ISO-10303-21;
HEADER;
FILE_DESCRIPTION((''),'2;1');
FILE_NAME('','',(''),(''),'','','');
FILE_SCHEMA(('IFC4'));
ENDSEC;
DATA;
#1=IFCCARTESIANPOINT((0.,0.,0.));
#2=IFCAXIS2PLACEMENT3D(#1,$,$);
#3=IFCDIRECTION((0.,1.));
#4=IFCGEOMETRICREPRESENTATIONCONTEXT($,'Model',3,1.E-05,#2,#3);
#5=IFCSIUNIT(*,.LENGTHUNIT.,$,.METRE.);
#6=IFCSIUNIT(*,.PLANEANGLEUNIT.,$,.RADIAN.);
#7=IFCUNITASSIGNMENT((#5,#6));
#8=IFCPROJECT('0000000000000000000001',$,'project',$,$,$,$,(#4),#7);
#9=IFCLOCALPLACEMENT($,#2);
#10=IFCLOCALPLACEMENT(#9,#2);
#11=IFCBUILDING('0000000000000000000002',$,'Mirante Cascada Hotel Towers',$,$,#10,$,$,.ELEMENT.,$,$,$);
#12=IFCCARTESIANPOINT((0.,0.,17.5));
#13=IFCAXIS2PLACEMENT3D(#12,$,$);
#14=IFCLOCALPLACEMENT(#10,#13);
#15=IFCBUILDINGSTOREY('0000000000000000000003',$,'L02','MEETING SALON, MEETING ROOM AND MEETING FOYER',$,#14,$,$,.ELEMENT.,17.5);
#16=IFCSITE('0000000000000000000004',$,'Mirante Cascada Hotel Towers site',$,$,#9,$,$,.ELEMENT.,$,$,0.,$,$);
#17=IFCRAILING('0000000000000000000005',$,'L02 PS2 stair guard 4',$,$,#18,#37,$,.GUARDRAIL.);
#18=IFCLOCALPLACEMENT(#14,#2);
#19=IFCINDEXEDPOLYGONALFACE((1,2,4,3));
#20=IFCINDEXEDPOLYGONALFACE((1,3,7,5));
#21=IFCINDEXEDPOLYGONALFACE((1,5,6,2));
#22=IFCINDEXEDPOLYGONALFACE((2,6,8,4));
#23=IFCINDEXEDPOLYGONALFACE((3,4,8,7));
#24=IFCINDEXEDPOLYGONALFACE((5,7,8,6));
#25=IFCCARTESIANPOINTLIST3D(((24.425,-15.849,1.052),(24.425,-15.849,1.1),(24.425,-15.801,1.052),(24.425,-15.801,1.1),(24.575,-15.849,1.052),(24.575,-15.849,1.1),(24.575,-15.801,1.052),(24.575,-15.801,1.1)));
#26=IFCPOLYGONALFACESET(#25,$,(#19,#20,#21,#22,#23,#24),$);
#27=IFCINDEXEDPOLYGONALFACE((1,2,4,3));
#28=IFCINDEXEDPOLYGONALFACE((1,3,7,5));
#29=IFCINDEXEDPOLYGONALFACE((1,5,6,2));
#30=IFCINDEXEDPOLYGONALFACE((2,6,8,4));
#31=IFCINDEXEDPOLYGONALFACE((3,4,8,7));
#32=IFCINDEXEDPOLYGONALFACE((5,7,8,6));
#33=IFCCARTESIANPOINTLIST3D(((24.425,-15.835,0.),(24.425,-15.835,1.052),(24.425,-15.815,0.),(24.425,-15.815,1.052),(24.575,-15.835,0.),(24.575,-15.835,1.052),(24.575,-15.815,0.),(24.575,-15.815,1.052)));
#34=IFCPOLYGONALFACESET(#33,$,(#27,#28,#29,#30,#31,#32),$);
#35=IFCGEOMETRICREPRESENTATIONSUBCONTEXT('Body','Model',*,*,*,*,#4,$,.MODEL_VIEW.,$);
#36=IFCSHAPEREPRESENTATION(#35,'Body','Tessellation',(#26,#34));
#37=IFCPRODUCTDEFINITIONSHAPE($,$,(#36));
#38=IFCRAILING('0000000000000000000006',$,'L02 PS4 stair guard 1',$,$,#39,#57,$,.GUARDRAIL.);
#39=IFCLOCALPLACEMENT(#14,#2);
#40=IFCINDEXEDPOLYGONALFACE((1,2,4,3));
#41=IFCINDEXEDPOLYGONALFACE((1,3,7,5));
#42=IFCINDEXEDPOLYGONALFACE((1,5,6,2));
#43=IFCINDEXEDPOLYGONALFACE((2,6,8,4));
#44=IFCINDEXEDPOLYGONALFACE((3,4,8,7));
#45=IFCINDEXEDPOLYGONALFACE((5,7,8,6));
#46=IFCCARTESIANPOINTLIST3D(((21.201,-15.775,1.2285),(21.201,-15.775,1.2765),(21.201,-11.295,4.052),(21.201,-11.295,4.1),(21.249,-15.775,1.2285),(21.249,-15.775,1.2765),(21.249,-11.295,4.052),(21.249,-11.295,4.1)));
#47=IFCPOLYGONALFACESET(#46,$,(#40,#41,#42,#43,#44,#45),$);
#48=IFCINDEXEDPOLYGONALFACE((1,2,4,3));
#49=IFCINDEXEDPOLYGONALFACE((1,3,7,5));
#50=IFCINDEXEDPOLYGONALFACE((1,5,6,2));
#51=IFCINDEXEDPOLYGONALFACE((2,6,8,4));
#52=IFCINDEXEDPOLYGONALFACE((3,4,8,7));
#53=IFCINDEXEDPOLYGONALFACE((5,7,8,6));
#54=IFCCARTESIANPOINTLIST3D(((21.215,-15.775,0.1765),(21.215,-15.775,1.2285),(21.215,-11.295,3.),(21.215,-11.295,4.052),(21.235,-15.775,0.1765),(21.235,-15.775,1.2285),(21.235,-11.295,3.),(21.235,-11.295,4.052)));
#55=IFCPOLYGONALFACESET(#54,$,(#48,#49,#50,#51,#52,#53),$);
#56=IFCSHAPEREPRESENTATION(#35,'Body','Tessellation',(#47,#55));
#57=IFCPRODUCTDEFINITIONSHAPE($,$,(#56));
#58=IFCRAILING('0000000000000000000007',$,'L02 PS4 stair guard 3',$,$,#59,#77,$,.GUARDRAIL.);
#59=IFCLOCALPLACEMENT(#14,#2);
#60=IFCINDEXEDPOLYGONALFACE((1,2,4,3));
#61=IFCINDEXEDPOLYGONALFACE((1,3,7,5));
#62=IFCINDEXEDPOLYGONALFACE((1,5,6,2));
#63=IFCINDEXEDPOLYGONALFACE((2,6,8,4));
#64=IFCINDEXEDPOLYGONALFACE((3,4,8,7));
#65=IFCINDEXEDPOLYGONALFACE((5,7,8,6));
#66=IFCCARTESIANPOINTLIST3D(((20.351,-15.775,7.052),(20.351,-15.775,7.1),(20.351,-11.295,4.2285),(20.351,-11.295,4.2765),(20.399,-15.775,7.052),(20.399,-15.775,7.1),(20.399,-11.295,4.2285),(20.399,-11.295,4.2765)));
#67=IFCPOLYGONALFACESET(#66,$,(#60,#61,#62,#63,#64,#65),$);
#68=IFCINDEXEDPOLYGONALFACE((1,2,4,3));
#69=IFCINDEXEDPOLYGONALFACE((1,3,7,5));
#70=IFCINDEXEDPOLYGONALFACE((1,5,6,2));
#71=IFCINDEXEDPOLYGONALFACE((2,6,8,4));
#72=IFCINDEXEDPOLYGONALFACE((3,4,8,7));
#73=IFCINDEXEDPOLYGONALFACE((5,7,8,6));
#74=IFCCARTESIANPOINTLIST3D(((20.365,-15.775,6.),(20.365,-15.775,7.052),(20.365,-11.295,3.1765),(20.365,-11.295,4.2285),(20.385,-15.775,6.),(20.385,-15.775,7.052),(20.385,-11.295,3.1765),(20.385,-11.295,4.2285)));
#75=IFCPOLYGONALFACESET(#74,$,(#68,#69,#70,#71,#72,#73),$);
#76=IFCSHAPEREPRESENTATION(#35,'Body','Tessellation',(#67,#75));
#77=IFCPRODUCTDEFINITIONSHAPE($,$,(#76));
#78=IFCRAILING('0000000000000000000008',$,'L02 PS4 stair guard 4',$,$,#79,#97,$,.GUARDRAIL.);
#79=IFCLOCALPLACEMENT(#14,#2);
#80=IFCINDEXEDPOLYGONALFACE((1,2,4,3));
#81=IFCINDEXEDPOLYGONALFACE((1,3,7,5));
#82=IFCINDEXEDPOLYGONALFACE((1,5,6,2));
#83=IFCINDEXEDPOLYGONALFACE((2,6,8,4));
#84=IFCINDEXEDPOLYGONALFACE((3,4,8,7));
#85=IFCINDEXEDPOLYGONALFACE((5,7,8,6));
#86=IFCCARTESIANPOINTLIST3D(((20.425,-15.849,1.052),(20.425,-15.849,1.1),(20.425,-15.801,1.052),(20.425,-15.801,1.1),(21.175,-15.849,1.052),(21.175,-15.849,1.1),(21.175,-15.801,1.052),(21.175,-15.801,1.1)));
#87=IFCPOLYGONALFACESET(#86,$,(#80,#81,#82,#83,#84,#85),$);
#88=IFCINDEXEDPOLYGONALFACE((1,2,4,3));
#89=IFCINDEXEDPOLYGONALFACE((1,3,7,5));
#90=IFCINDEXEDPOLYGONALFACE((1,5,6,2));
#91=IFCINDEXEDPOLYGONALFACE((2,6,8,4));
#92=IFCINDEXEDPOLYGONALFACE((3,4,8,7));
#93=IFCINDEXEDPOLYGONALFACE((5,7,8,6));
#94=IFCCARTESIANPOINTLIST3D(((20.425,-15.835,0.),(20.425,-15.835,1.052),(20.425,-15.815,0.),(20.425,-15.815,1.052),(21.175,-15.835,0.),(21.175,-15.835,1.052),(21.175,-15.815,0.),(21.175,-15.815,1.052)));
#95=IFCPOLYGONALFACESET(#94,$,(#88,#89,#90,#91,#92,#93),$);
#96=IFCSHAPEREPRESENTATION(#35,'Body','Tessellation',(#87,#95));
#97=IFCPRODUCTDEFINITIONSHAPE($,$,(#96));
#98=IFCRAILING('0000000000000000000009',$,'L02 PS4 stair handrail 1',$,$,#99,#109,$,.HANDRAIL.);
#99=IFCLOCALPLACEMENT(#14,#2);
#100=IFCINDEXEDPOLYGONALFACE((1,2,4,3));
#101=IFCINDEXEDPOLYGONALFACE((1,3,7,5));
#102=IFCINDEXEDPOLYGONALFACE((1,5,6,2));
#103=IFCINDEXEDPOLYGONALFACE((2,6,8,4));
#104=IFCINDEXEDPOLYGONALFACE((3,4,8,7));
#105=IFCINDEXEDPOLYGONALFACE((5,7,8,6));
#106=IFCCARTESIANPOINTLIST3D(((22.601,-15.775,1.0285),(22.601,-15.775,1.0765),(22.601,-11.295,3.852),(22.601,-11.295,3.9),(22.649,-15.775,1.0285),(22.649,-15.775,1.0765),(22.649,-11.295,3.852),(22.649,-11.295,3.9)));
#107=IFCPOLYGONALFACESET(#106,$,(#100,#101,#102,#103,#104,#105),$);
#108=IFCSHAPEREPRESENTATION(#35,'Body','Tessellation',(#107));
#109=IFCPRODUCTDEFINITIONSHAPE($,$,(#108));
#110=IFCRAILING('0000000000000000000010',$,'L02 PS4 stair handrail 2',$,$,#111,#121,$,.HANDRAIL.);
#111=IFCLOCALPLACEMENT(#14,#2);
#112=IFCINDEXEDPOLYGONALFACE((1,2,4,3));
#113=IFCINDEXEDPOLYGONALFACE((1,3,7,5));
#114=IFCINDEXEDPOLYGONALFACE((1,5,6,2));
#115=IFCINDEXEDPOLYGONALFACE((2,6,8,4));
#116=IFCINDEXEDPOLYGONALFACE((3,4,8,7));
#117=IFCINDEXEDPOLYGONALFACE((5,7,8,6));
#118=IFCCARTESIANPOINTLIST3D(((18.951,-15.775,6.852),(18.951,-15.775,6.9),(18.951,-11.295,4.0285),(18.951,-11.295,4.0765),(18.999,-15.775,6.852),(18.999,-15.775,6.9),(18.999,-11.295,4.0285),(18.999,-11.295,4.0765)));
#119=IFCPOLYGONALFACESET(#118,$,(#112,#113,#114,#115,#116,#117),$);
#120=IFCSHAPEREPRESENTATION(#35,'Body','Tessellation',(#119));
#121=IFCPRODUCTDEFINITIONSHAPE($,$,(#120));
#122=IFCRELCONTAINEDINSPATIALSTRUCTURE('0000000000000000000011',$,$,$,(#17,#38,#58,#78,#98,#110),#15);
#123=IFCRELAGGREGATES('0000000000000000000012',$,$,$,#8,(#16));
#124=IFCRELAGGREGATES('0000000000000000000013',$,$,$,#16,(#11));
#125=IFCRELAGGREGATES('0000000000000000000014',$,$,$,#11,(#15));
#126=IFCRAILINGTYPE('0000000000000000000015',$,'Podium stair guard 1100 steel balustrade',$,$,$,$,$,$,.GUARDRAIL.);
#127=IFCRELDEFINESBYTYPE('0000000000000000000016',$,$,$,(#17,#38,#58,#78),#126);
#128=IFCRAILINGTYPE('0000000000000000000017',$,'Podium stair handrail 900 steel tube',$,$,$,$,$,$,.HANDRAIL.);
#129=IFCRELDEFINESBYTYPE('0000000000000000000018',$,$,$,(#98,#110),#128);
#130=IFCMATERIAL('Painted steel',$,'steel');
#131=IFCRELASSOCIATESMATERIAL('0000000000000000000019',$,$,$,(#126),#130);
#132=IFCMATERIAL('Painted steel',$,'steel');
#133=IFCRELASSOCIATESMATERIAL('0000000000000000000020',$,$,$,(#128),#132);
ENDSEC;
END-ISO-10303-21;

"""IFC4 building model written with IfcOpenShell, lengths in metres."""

from ifc_helpers import new_model, si_unit, direction, frame, origin, origin_2d, place, context, subcontext, project, spatial, rectangle, extrude, material, type_object, element, save


model = new_model("IFC4")

# Units and contexts
model_context = context("Model", 3, precision=1e-05, world=origin(), true_north=direction((0.0, 1.0)))
body_context = subcontext(model_context, "Body", "Model", "MODEL_VIEW")
ifc_project = project(units=[si_unit("LENGTHUNIT", "METRE"), si_unit("PLANEANGLEUNIT", "RADIAN")], contexts=[model_context])

# Site, building, storey
site_placement = place(None, origin())
site = spatial("IfcSite", under=ifc_project, at=site_placement, Name="Mirante Cascada Hotel Towers site", CompositionType="ELEMENT", RefElevation=0.0)
building_placement = place(site_placement, origin())
building = spatial("IfcBuilding", under=site, at=building_placement, Name="Mirante Cascada Hotel Towers", CompositionType="ELEMENT")
storey_placement = place(building_placement, frame((0.0, 0.0, 17.5)))
storey = spatial("IfcBuildingStorey", under=building, at=storey_placement, Name="L02", Description="MEETING SALON, MEETING ROOM AND MEETING FOYER", CompositionType="ELEMENT", Elevation=17.5)

# Railings
ifc_material_1 = material(Name="Painted steel", Category="steel")
railing_type_1 = type_object("IfcRailingType", Name="Podium stair guard 1100 steel balustrade", PredefinedType="GUARDRAIL", material=ifc_material_1)
railing_1_placement = place(storey_placement, frame((24.575, -15.825, 0.0)))
element("IfcRailing", 1, at=railing_1_placement, inside=storey, type_object=railing_type_1, Name="L02 PS2 stair guard 4", PredefinedType="GUARDRAIL", context=body_context, shape_type="SweptSolid", body=[
    extrude(rectangle(XDim=0.048, YDim=0.048, at=origin_2d()), frame((0.0, 0.0, 1.076), z_axis=(-1.0, 0.0, 0.0), x_axis=(0.0, -1.0, 0.0)), (0.0, 0.0, 1.0), 0.15),
    extrude(rectangle(XDim=0.02, YDim=1.052, at=origin_2d()), frame((0.0, 0.0, 0.526), z_axis=(-1.0, 0.0, 0.0), x_axis=(0.0, -1.0, 0.0)), (0.0, 0.0, 1.0), 0.15),
])
railing_2_placement = place(storey_placement, frame((21.225, -15.775, 0.1765)))
element("IfcRailing", 2, at=railing_2_placement, inside=storey, type_object=railing_type_1, Name="L02 PS4 stair guard 1", PredefinedType="GUARDRAIL", context=body_context, shape_type="SweptSolid", body=[
    extrude(rectangle(XDim=0.048, YDim=0.048, at=origin_2d()), frame((0.0, 0.0, 1.076), z_axis=(0.0, 1.0, 0.0), x_axis=(-1.0, 0.0, 0.0)), (0.0, 0.533186, 0.845998), 5.2955),
    extrude(rectangle(XDim=0.02, YDim=1.052, at=origin_2d()), frame((0.0, 0.0, 0.526), z_axis=(0.0, 1.0, 0.0), x_axis=(-1.0, 0.0, 0.0)), (0.0, 0.533186, 0.845998), 5.2955),
])
railing_3_placement = place(storey_placement, frame((20.375, -11.295, 3.1765)))
element("IfcRailing", 3, at=railing_3_placement, inside=storey, type_object=railing_type_1, Name="L02 PS4 stair guard 3", PredefinedType="GUARDRAIL", context=body_context, shape_type="SweptSolid", body=[
    extrude(rectangle(XDim=0.048, YDim=0.048, at=origin_2d()), frame((0.0, 0.0, 1.076), z_axis=(0.0, -1.0, 0.0), x_axis=(1.0, 0.0, 0.0)), (0.0, 0.533186, 0.845998), 5.2955),
    extrude(rectangle(XDim=0.02, YDim=1.052, at=origin_2d()), frame((0.0, 0.0, 0.526), z_axis=(0.0, -1.0, 0.0), x_axis=(1.0, 0.0, 0.0)), (0.0, 0.533186, 0.845998), 5.2955),
])
railing_4_placement = place(storey_placement, frame((21.175, -15.825, 0.0)))
element("IfcRailing", 4, at=railing_4_placement, inside=storey, type_object=railing_type_1, Name="L02 PS4 stair guard 4", PredefinedType="GUARDRAIL", context=body_context, shape_type="SweptSolid", body=[
    extrude(rectangle(XDim=0.048, YDim=0.048, at=origin_2d()), frame((0.0, 0.0, 1.076), z_axis=(-1.0, 0.0, 0.0), x_axis=(0.0, -1.0, 0.0)), (0.0, 0.0, 1.0), 0.75),
    extrude(rectangle(XDim=0.02, YDim=1.052, at=origin_2d()), frame((0.0, 0.0, 0.526), z_axis=(-1.0, 0.0, 0.0), x_axis=(0.0, -1.0, 0.0)), (0.0, 0.0, 1.0), 0.75),
])
ifc_material_2 = material(Name="Painted steel", Category="steel")
railing_type_2 = type_object("IfcRailingType", Name="Podium stair handrail 900 steel tube", PredefinedType="HANDRAIL", material=ifc_material_2)
railing_5_placement = place(storey_placement, frame((22.625, -15.775, 0.1765)))
element("IfcRailing", 5, at=railing_5_placement, inside=storey, type_object=railing_type_2, Name="L02 PS4 stair handrail 1", PredefinedType="HANDRAIL", context=body_context, shape_type="SweptSolid", body=[
    extrude(rectangle(XDim=0.048, YDim=0.048, at=origin_2d()), frame((0.0, 0.0, 0.876), z_axis=(0.0, 1.0, 0.0), x_axis=(-1.0, 0.0, 0.0)), (0.0, 0.533186, 0.845998), 5.2955),
])
railing_6_placement = place(storey_placement, frame((18.975, -11.295, 3.1765)))
element("IfcRailing", 6, at=railing_6_placement, inside=storey, type_object=railing_type_2, Name="L02 PS4 stair handrail 2", PredefinedType="HANDRAIL", context=body_context, shape_type="SweptSolid", body=[
    extrude(rectangle(XDim=0.048, YDim=0.048, at=origin_2d()), frame((0.0, 0.0, 0.876), z_axis=(0.0, -1.0, 0.0), x_axis=(1.0, 0.0, 0.0)), (0.0, 0.533186, 0.845998), 5.2955),
])

save(model, "model.ifc")
